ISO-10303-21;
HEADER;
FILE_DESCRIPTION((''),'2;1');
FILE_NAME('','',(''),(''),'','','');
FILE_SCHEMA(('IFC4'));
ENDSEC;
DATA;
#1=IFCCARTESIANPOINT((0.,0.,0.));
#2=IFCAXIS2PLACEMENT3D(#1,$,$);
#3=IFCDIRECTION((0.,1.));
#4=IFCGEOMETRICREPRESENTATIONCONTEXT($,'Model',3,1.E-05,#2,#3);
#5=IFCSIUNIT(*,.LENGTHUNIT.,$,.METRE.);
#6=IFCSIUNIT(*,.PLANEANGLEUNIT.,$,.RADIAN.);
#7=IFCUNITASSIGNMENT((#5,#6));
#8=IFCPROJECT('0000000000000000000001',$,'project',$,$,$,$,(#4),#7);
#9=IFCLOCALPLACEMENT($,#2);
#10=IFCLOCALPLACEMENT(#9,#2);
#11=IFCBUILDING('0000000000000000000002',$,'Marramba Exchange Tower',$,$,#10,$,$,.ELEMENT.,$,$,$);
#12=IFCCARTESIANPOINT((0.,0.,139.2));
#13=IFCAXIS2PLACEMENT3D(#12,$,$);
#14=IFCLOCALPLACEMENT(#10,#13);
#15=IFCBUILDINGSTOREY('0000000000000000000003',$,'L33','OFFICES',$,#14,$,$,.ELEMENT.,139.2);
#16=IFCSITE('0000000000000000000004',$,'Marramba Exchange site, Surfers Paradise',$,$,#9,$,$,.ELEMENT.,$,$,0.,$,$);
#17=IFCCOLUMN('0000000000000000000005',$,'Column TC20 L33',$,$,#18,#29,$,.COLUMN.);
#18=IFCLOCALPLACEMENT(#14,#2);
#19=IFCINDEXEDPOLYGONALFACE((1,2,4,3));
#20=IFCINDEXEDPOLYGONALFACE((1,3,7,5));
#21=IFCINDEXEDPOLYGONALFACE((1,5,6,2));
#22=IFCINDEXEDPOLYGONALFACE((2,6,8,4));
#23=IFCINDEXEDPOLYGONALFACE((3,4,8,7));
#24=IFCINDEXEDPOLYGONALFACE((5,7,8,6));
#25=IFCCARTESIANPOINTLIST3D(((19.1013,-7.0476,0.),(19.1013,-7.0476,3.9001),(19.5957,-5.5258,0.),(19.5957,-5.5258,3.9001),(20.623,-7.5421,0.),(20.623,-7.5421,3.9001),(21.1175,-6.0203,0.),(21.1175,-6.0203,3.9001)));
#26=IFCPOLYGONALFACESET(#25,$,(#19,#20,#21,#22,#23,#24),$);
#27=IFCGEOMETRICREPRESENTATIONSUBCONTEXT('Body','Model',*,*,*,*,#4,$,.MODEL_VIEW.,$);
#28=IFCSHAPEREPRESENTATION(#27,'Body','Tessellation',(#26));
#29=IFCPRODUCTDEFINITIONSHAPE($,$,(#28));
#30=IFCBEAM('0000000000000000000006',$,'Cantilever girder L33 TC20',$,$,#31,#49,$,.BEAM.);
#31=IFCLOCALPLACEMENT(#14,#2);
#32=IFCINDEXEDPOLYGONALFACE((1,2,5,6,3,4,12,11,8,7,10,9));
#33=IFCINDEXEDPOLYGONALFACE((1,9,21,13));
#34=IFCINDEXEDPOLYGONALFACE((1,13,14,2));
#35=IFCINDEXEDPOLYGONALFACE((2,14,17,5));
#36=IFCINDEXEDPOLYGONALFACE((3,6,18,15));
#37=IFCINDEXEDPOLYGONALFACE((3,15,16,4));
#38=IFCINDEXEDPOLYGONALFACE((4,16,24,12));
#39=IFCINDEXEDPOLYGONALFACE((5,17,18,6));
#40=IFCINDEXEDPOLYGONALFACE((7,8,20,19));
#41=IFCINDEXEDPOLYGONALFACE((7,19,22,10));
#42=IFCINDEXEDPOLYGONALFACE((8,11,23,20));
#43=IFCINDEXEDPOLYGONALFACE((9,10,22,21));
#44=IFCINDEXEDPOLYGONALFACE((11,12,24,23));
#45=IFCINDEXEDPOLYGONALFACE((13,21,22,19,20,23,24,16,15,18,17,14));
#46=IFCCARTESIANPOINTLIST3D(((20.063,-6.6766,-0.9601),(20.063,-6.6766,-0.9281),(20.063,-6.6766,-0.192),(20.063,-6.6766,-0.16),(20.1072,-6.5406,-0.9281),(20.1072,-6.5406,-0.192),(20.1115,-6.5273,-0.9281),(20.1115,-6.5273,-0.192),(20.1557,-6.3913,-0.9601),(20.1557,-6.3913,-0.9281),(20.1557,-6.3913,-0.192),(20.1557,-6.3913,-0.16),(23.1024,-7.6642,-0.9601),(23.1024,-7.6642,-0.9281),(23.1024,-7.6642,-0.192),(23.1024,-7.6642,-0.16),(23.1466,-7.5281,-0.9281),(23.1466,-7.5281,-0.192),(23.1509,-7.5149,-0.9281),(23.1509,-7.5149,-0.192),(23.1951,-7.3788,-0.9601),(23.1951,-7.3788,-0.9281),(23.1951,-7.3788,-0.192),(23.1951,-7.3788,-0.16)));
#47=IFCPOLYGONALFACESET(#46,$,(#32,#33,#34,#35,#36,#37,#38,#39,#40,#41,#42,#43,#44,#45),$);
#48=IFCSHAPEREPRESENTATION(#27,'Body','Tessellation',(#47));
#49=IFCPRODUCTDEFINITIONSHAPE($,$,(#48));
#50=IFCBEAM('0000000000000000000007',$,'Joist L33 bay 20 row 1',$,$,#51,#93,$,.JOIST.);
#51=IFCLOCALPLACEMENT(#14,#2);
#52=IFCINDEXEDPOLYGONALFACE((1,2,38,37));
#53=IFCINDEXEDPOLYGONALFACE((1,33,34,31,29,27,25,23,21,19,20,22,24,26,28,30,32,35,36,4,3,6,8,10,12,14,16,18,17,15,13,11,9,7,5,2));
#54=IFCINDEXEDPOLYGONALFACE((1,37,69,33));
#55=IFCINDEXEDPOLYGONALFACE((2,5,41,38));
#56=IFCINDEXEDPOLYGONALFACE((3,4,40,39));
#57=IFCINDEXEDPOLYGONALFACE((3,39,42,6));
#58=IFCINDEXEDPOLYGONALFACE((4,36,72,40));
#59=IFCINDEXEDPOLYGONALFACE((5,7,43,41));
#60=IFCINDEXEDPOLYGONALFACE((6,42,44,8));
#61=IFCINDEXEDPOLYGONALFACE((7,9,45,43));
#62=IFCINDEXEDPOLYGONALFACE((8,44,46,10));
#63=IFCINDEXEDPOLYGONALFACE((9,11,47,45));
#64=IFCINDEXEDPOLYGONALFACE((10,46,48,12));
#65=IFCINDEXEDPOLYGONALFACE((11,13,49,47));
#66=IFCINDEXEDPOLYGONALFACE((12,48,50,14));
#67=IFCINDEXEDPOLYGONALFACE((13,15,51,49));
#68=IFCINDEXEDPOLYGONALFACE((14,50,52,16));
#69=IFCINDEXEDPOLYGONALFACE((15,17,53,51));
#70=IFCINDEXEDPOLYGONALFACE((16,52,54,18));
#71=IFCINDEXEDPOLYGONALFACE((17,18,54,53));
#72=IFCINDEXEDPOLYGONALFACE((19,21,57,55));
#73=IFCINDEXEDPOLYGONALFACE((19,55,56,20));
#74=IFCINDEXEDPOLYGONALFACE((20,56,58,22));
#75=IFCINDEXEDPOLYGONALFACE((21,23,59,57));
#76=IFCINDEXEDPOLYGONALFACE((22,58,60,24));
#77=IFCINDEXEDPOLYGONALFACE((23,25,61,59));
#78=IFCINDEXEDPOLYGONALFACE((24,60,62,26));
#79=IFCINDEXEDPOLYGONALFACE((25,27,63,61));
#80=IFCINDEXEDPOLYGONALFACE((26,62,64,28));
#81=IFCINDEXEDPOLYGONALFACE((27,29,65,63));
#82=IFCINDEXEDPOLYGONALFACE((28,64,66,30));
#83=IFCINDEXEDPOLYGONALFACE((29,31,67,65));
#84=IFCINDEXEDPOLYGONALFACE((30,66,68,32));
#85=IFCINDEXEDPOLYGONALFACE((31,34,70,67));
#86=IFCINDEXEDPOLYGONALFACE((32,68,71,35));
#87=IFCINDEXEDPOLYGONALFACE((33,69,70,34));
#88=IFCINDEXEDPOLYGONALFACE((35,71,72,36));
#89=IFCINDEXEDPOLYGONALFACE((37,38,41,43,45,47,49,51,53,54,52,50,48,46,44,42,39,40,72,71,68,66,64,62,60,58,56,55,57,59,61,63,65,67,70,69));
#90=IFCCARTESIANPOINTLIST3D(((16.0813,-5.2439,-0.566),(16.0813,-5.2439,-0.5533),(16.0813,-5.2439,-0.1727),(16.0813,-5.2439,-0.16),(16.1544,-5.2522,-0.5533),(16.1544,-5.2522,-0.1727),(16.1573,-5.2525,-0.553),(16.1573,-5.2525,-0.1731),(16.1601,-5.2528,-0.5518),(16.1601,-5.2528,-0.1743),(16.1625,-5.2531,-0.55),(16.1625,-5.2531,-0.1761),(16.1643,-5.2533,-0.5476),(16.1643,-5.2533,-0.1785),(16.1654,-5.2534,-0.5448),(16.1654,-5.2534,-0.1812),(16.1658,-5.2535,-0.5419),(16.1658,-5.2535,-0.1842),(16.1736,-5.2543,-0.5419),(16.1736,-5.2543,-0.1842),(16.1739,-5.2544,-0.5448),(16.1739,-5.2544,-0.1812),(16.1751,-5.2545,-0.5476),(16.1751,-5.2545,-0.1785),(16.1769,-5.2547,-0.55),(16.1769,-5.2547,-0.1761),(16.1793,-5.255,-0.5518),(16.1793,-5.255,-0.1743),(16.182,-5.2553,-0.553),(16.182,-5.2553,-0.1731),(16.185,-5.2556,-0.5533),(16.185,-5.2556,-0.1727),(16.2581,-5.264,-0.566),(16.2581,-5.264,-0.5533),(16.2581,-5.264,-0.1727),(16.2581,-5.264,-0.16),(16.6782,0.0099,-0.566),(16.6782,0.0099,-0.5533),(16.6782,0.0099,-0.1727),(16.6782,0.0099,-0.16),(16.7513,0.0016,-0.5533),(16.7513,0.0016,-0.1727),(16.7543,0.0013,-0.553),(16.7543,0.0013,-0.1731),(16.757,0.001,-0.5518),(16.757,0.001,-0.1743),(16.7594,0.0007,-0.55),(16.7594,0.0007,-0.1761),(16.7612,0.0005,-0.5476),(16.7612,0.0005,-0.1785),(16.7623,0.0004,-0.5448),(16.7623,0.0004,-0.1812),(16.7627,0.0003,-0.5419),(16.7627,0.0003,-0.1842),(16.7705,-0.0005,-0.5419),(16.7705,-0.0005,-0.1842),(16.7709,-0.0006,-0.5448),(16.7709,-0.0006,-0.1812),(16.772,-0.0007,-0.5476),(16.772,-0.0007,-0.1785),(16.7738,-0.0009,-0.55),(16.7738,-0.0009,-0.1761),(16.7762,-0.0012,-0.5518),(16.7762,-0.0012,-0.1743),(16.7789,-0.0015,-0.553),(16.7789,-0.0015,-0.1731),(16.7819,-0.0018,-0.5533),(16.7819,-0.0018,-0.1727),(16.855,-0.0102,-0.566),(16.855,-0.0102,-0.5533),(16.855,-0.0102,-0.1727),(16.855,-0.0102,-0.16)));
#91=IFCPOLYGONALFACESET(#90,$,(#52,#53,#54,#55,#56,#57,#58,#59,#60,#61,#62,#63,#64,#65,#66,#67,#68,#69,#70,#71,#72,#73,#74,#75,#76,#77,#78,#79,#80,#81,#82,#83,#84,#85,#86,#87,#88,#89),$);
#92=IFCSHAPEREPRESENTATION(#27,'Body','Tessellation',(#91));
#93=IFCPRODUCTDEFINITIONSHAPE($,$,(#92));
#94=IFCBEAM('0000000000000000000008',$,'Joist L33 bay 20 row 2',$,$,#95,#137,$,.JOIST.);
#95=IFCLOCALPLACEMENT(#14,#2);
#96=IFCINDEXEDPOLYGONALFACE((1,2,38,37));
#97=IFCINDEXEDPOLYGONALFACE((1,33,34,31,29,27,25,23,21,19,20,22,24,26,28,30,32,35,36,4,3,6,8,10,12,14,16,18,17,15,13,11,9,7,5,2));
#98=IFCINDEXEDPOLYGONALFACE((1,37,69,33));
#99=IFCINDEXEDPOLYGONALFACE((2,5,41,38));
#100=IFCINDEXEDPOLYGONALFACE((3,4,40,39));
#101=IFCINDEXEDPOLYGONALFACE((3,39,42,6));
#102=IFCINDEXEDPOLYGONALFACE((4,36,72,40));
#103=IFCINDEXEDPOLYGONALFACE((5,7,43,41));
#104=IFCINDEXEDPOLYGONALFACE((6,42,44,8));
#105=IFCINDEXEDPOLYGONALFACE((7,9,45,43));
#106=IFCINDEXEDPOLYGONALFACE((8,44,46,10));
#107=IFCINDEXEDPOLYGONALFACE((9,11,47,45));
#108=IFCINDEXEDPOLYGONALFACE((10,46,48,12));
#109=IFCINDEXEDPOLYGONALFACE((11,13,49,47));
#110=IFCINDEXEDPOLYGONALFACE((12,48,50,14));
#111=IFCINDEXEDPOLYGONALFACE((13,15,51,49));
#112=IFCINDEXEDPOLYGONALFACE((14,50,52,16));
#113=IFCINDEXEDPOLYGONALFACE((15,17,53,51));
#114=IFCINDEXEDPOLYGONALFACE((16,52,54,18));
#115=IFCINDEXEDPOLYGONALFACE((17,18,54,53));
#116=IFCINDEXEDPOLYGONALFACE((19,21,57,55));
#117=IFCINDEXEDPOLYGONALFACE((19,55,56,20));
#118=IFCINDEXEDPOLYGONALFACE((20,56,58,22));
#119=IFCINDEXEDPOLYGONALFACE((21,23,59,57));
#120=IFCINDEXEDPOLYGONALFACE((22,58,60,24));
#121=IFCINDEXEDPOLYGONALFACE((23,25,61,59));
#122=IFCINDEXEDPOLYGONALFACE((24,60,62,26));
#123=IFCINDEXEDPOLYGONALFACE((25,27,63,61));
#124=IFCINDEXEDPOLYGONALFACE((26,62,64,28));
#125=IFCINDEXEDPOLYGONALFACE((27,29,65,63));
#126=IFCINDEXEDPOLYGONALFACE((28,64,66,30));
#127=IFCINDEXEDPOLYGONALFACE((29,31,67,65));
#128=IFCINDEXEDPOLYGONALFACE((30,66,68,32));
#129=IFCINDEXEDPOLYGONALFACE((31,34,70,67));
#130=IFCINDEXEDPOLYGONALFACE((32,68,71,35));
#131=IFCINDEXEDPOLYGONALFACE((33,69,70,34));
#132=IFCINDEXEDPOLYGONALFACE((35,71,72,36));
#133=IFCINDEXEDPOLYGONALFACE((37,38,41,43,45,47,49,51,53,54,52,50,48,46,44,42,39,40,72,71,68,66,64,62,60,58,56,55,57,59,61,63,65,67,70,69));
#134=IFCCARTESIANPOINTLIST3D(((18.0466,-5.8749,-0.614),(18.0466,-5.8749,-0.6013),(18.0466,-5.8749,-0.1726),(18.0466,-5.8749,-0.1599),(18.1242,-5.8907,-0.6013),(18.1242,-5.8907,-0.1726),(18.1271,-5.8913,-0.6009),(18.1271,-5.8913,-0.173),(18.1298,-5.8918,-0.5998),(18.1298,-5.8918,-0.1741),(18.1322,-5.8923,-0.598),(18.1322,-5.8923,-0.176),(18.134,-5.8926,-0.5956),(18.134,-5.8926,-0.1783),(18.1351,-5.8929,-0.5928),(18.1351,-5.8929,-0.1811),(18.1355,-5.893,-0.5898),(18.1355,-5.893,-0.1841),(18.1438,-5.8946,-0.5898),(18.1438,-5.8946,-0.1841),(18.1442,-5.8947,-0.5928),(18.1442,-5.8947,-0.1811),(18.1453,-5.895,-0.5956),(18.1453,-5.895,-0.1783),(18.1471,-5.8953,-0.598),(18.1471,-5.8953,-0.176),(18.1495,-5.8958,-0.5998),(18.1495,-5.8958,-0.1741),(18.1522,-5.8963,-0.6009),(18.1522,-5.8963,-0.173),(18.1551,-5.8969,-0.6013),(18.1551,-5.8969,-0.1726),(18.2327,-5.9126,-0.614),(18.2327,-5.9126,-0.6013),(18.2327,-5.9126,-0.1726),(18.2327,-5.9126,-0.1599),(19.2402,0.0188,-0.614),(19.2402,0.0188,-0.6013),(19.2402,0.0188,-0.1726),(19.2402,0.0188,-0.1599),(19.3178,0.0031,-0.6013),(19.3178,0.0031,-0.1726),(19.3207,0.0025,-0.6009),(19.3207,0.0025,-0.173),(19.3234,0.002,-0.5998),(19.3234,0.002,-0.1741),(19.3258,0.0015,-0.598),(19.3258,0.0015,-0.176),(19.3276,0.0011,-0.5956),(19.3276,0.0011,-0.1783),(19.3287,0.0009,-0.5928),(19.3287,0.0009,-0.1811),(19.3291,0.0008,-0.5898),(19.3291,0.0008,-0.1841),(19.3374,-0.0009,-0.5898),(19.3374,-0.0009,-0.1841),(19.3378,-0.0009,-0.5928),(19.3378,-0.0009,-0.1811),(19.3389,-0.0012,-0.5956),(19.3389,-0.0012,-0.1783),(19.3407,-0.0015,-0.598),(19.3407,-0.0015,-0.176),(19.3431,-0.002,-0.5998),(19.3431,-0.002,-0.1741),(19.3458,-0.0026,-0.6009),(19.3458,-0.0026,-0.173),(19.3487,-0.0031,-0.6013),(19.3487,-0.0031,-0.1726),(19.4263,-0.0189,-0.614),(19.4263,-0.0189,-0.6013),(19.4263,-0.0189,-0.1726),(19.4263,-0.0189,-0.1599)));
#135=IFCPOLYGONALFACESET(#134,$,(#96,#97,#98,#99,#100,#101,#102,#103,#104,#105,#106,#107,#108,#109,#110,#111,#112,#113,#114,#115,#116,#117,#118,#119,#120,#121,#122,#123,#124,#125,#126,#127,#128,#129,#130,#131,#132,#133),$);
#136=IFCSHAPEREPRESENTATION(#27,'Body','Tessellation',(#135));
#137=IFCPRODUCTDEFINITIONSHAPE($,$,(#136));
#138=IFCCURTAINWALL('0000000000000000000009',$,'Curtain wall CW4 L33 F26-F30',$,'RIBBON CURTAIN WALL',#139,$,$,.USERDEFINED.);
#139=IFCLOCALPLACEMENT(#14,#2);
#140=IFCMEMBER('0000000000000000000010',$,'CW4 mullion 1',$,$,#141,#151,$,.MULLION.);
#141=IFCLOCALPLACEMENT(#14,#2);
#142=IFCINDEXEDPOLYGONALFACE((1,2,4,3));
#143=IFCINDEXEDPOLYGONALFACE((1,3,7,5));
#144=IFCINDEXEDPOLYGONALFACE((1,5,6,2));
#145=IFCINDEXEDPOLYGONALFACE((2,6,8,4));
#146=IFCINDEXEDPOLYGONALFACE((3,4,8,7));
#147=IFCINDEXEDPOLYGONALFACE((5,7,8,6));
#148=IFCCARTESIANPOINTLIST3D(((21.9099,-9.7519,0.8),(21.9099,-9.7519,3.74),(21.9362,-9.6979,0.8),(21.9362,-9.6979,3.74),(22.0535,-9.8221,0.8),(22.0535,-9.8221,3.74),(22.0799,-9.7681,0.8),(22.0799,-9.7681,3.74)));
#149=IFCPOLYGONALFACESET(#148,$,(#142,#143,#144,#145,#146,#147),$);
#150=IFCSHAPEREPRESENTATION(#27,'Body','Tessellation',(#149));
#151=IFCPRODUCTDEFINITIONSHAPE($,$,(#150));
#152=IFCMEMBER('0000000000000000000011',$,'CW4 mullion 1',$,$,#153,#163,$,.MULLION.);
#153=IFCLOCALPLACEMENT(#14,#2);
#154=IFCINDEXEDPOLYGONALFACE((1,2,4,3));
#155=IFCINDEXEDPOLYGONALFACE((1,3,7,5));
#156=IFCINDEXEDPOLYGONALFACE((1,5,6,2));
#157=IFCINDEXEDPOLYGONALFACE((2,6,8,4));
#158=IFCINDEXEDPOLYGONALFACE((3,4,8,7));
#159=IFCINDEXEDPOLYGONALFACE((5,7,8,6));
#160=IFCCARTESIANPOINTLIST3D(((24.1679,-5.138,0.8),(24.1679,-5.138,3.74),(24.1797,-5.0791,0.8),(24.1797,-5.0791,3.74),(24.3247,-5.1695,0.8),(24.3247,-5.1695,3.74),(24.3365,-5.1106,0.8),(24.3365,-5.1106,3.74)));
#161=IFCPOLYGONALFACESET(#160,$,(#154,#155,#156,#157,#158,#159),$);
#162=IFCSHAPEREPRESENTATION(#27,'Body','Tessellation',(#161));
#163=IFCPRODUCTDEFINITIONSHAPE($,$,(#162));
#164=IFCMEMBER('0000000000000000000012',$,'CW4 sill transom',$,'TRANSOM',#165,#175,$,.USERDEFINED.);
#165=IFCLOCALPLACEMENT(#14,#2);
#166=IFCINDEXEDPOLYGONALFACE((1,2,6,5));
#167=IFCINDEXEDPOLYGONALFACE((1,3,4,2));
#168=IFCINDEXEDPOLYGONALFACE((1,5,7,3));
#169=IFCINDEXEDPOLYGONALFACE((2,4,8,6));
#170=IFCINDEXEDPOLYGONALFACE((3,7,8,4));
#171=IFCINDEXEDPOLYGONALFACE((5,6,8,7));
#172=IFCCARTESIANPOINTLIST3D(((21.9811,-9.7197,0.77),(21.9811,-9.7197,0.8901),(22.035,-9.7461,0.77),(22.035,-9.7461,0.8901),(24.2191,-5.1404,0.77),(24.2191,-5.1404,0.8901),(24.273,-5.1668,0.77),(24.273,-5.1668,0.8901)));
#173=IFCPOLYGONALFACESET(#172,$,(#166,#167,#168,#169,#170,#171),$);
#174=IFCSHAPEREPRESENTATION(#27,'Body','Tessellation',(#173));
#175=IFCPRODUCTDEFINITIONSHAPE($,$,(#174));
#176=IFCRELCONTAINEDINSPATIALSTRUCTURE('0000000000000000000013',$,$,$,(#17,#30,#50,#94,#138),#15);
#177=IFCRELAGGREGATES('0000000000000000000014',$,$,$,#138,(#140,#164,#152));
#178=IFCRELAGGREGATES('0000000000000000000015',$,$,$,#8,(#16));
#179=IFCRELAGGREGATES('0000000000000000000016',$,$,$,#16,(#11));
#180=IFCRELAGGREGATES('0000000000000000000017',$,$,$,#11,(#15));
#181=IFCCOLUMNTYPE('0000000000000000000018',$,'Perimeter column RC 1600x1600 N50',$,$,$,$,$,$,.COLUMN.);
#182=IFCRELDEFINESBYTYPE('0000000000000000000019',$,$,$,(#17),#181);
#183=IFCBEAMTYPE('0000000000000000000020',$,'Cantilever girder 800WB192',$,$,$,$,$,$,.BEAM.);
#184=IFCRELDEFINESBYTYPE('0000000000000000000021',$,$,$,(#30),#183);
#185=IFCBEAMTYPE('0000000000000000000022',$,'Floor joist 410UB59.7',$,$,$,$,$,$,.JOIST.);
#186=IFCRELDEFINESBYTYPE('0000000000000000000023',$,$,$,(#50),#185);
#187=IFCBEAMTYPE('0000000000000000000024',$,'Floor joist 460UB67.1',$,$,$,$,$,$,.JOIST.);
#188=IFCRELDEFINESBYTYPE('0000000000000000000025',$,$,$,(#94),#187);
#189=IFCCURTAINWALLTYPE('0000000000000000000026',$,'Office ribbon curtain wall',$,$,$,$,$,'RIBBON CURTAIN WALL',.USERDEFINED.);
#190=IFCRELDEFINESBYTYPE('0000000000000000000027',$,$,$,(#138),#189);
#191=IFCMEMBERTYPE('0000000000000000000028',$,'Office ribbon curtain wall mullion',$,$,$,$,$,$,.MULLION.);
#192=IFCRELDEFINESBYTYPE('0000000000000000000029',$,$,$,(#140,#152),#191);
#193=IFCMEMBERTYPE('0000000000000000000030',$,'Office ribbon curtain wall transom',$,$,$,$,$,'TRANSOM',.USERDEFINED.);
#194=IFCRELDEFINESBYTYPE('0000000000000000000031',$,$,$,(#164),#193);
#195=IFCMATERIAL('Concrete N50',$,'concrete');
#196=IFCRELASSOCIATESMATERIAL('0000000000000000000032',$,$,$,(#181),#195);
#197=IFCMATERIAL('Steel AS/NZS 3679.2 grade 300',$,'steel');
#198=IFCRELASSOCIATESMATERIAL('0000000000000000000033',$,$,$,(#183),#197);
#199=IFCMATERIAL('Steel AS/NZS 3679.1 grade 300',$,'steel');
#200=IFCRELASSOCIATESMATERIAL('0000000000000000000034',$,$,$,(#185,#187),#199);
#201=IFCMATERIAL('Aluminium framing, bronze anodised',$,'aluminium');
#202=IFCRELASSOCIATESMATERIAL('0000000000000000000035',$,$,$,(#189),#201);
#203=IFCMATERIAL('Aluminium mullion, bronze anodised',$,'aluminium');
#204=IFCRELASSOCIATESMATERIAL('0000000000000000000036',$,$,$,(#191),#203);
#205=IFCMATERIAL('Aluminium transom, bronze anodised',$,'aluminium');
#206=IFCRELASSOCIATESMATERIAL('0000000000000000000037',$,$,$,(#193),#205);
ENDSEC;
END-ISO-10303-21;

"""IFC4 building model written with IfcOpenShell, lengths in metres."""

from ifc_helpers import new_model, si_unit, direction, frame, origin, origin_2d, place, context, subcontext, project, spatial, rectangle, i_section, extrude, material, material_profile, profile_set, type_object, element, aggregate, save


model = new_model("IFC4")

# Units and contexts
model_context = context("Model", 3, precision=1e-05, world=origin(), true_north=direction((0.0, 1.0)))
body_context = subcontext(model_context, "Body", "Model", "MODEL_VIEW")
ifc_project = project(units=[si_unit("LENGTHUNIT", "METRE"), si_unit("PLANEANGLEUNIT", "RADIAN")], contexts=[model_context])

# Site, building, storey
site_placement = place(None, origin())
site = spatial("IfcSite", under=ifc_project, at=site_placement, Name="Marramba Exchange site, Surfers Paradise", CompositionType="ELEMENT", RefElevation=0.0)
building_placement = place(site_placement, origin())
building = spatial("IfcBuilding", under=site, at=building_placement, Name="Marramba Exchange Tower", CompositionType="ELEMENT")
storey_placement = place(building_placement, frame((0.0, 0.0, 139.2)))
storey = spatial("IfcBuildingStorey", under=building, at=storey_placement, Name="L33", Description="OFFICES", CompositionType="ELEMENT", Elevation=139.2)

# Column
ifc_material_1 = material(Name="Concrete N50", Category="concrete")
ifc_material_profile_1 = material_profile(ifc_material_1, rectangle(XDim=1.6001, YDim=1.6001, at=origin_2d()), Name="RC 1600x1600")
ifc_profile_set_1 = profile_set([ifc_material_profile_1], Name="Concrete N50")
column_type = type_object("IfcColumnType", Name="Perimeter column RC 1600x1600 N50", PredefinedType="COLUMN", material=ifc_profile_set_1)
column_placement = place(storey_placement, frame((20.1094, -6.5339, 0.0), z_axis=(0.0, 0.0, 1.0), x_axis=(0.951057, -0.309017, 0.0)))
element("IfcColumn", 1, at=column_placement, inside=storey, type_object=column_type, Name="Column TC20 L33", PredefinedType="COLUMN", context=body_context, shape_type="SweptSolid", body=[
    extrude(rectangle(XDim=1.6001, YDim=1.6001, at=origin_2d()), origin(), (0.0, 0.0, 1.0), 3.9001),
])

# Beams
ifc_material_2 = material(Name="Steel AS/NZS 3679.2 grade 300", Category="steel")
ifc_material_profile_2 = material_profile(ifc_material_2, i_section(OverallWidth=0.3, OverallDepth=0.8, WebThickness=0.0139, FlangeThickness=0.032, at=origin_2d()), Name="800WB192")
ifc_profile_set_2 = profile_set([ifc_material_profile_2], Name="Steel AS/NZS 3679.2 grade 300")
beam_type_1 = type_object("IfcBeamType", Name="Cantilever girder 800WB192", PredefinedType="BEAM", material=ifc_profile_set_2)
beam_1_placement = place(storey_placement, frame((20.1094, -6.5339, -0.5601), z_axis=(0.951055, -0.309022, 0.0), x_axis=(0.309022, 0.951055, 0.0)))
element("IfcBeam", 2, at=beam_1_placement, inside=storey, type_object=beam_type_1, Name="Cantilever girder L33 TC20", PredefinedType="BEAM", context=body_context, shape_type="SweptSolid", body=[
    extrude(i_section(OverallWidth=0.3, OverallDepth=0.8, WebThickness=0.0139, FlangeThickness=0.032, at=origin_2d()), origin(), (0.0, 0.0, 1.0), 3.1958),
])
ifc_material_3 = material(Name="Steel AS/NZS 3679.1 grade 300", Category="steel")
ifc_material_profile_3 = material_profile(ifc_material_3, i_section(OverallWidth=0.178, OverallDepth=0.406, WebThickness=0.0078, FlangeThickness=0.0127, FilletRadius=0.0115, at=origin_2d()), Name="410UB59.7")
ifc_profile_set_3 = profile_set([ifc_material_profile_3], Name="Steel AS/NZS 3679.1 grade 300")
beam_type_2 = type_object("IfcBeamType", Name="Floor joist 410UB59.7", PredefinedType="JOIST", material=ifc_profile_set_3)
beam_2_placement = place(storey_placement, frame((16.1697, -5.2539, -0.363), z_axis=(0.112889, 0.993608, 0.0), x_axis=(-0.993608, 0.112889, 0.0)))
element("IfcBeam", 3, at=beam_2_placement, inside=storey, type_object=beam_type_2, Name="Joist L33 bay 20 row 1", PredefinedType="JOIST", context=body_context, shape_type="SweptSolid", body=[
    extrude(i_section(OverallWidth=0.178, OverallDepth=0.406, WebThickness=0.0078, FlangeThickness=0.0127, FilletRadius=0.0115, at=origin_2d()), origin(), (0.0, 0.0, 1.0), 5.2876),
])
ifc_material_profile_4 = material_profile(ifc_material_3, i_section(OverallWidth=0.1899, OverallDepth=0.4541, WebThickness=0.0085, FlangeThickness=0.0127, FilletRadius=0.0115, at=origin_2d()), Name="460UB67.1")
ifc_profile_set_4 = profile_set([ifc_material_profile_4], Name="Steel AS/NZS 3679.1 grade 300")
beam_type_3 = type_object("IfcBeamType", Name="Floor joist 460UB67.1", PredefinedType="JOIST", material=ifc_profile_set_4)
beam_3_placement = place(storey_placement, frame((18.1396, -5.8938, -0.387), z_axis=(0.198489, 0.980103, 0.0), x_axis=(-0.980103, 0.198489, 0.0)))
element("IfcBeam", 4, at=beam_3_placement, inside=storey, type_object=beam_type_3, Name="Joist L33 bay 20 row 2", PredefinedType="JOIST", context=body_context, shape_type="SweptSolid", body=[
    extrude(i_section(OverallWidth=0.1899, OverallDepth=0.4541, WebThickness=0.0085, FlangeThickness=0.0127, FilletRadius=0.0115, at=origin_2d()), origin(), (0.0, 0.0, 1.0), 6.0134),
])

# Curtain wall, members
ifc_material_4 = material(Name="Aluminium framing, bronze anodised", Category="aluminium")
curtain_wall_type = type_object("IfcCurtainWallType", Name="Office ribbon curtain wall", ElementType="RIBBON CURTAIN WALL", PredefinedType="USERDEFINED", material=ifc_material_4)
curtain_wall_placement = place(storey_placement, origin())
curtain_wall = element("IfcCurtainWall", 5, at=curtain_wall_placement, inside=storey, type_object=curtain_wall_type, Name="Curtain wall CW4 L33 F26-F30", ObjectType="RIBBON CURTAIN WALL", PredefinedType="USERDEFINED")
ifc_material_5 = material(Name="Aluminium mullion, bronze anodised", Category="aluminium")
ifc_material_profile_5 = material_profile(ifc_material_5, rectangle(XDim=0.1599, YDim=0.0601, at=origin_2d()), Name="CW4 mullion 60x160")
ifc_profile_set_5 = profile_set([ifc_material_profile_5], Name="Aluminium mullion, bronze anodised")
member_type_1 = type_object("IfcMemberType", Name="Office ribbon curtain wall mullion", PredefinedType="MULLION", material=ifc_profile_set_5)
member_1_placement = place(storey_placement, frame((21.9949, -9.76, 0.8), z_axis=(0.0, 0.0, 1.0), x_axis=(-0.898445, 0.439086, 0.0)))
member_1 = element("IfcMember", 6, at=member_1_placement, type_object=member_type_1, Name="CW4 mullion 1", PredefinedType="MULLION", context=body_context, shape_type="SweptSolid", body=[
    extrude(rectangle(XDim=0.1599, YDim=0.0601, at=origin_2d()), origin(), (0.0, 0.0, 1.0), 2.9399),
])
member_2_placement = place(storey_placement, frame((24.2522, -5.1243, 0.8), z_axis=(0.0, 0.0, 1.0), x_axis=(-0.980394, 0.197049, 0.0)))
member_2 = element("IfcMember", 7, at=member_2_placement, type_object=member_type_1, Name="CW4 mullion 1", PredefinedType="MULLION", context=body_context, shape_type="SweptSolid", body=[
    extrude(rectangle(XDim=0.1599, YDim=0.0601, at=origin_2d()), origin(), (0.0, 0.0, 1.0), 2.9399),
])
ifc_material_6 = material(Name="Aluminium transom, bronze anodised", Category="aluminium")
ifc_material_profile_6 = material_profile(ifc_material_6, rectangle(XDim=0.0601, YDim=0.1201, at=origin_2d()), Name="CW4 transom 60x120")
ifc_profile_set_6 = profile_set([ifc_material_profile_6], Name="Aluminium transom, bronze anodised")
member_type_2 = type_object("IfcMemberType", Name="Office ribbon curtain wall transom", ElementType="TRANSOM", PredefinedType="USERDEFINED", material=ifc_profile_set_6)
member_3_placement = place(storey_placement, frame((22.0081, -9.7329, 0.8301), z_axis=(0.439091, 0.898443, 0.0), x_axis=(-0.898443, 0.439091, 0.0)))
member_3 = element("IfcMember", 8, at=member_3_placement, type_object=member_type_2, Name="CW4 sill transom", ObjectType="TRANSOM", PredefinedType="USERDEFINED", context=body_context, shape_type="SweptSolid", body=[
    extrude(rectangle(XDim=0.0601, YDim=0.1201, at=origin_2d()), origin(), (0.0, 0.0, 1.0), 5.0969),
])

aggregate(curtain_wall, [member_1, member_3, member_2])

save(model, "model.ifc")
